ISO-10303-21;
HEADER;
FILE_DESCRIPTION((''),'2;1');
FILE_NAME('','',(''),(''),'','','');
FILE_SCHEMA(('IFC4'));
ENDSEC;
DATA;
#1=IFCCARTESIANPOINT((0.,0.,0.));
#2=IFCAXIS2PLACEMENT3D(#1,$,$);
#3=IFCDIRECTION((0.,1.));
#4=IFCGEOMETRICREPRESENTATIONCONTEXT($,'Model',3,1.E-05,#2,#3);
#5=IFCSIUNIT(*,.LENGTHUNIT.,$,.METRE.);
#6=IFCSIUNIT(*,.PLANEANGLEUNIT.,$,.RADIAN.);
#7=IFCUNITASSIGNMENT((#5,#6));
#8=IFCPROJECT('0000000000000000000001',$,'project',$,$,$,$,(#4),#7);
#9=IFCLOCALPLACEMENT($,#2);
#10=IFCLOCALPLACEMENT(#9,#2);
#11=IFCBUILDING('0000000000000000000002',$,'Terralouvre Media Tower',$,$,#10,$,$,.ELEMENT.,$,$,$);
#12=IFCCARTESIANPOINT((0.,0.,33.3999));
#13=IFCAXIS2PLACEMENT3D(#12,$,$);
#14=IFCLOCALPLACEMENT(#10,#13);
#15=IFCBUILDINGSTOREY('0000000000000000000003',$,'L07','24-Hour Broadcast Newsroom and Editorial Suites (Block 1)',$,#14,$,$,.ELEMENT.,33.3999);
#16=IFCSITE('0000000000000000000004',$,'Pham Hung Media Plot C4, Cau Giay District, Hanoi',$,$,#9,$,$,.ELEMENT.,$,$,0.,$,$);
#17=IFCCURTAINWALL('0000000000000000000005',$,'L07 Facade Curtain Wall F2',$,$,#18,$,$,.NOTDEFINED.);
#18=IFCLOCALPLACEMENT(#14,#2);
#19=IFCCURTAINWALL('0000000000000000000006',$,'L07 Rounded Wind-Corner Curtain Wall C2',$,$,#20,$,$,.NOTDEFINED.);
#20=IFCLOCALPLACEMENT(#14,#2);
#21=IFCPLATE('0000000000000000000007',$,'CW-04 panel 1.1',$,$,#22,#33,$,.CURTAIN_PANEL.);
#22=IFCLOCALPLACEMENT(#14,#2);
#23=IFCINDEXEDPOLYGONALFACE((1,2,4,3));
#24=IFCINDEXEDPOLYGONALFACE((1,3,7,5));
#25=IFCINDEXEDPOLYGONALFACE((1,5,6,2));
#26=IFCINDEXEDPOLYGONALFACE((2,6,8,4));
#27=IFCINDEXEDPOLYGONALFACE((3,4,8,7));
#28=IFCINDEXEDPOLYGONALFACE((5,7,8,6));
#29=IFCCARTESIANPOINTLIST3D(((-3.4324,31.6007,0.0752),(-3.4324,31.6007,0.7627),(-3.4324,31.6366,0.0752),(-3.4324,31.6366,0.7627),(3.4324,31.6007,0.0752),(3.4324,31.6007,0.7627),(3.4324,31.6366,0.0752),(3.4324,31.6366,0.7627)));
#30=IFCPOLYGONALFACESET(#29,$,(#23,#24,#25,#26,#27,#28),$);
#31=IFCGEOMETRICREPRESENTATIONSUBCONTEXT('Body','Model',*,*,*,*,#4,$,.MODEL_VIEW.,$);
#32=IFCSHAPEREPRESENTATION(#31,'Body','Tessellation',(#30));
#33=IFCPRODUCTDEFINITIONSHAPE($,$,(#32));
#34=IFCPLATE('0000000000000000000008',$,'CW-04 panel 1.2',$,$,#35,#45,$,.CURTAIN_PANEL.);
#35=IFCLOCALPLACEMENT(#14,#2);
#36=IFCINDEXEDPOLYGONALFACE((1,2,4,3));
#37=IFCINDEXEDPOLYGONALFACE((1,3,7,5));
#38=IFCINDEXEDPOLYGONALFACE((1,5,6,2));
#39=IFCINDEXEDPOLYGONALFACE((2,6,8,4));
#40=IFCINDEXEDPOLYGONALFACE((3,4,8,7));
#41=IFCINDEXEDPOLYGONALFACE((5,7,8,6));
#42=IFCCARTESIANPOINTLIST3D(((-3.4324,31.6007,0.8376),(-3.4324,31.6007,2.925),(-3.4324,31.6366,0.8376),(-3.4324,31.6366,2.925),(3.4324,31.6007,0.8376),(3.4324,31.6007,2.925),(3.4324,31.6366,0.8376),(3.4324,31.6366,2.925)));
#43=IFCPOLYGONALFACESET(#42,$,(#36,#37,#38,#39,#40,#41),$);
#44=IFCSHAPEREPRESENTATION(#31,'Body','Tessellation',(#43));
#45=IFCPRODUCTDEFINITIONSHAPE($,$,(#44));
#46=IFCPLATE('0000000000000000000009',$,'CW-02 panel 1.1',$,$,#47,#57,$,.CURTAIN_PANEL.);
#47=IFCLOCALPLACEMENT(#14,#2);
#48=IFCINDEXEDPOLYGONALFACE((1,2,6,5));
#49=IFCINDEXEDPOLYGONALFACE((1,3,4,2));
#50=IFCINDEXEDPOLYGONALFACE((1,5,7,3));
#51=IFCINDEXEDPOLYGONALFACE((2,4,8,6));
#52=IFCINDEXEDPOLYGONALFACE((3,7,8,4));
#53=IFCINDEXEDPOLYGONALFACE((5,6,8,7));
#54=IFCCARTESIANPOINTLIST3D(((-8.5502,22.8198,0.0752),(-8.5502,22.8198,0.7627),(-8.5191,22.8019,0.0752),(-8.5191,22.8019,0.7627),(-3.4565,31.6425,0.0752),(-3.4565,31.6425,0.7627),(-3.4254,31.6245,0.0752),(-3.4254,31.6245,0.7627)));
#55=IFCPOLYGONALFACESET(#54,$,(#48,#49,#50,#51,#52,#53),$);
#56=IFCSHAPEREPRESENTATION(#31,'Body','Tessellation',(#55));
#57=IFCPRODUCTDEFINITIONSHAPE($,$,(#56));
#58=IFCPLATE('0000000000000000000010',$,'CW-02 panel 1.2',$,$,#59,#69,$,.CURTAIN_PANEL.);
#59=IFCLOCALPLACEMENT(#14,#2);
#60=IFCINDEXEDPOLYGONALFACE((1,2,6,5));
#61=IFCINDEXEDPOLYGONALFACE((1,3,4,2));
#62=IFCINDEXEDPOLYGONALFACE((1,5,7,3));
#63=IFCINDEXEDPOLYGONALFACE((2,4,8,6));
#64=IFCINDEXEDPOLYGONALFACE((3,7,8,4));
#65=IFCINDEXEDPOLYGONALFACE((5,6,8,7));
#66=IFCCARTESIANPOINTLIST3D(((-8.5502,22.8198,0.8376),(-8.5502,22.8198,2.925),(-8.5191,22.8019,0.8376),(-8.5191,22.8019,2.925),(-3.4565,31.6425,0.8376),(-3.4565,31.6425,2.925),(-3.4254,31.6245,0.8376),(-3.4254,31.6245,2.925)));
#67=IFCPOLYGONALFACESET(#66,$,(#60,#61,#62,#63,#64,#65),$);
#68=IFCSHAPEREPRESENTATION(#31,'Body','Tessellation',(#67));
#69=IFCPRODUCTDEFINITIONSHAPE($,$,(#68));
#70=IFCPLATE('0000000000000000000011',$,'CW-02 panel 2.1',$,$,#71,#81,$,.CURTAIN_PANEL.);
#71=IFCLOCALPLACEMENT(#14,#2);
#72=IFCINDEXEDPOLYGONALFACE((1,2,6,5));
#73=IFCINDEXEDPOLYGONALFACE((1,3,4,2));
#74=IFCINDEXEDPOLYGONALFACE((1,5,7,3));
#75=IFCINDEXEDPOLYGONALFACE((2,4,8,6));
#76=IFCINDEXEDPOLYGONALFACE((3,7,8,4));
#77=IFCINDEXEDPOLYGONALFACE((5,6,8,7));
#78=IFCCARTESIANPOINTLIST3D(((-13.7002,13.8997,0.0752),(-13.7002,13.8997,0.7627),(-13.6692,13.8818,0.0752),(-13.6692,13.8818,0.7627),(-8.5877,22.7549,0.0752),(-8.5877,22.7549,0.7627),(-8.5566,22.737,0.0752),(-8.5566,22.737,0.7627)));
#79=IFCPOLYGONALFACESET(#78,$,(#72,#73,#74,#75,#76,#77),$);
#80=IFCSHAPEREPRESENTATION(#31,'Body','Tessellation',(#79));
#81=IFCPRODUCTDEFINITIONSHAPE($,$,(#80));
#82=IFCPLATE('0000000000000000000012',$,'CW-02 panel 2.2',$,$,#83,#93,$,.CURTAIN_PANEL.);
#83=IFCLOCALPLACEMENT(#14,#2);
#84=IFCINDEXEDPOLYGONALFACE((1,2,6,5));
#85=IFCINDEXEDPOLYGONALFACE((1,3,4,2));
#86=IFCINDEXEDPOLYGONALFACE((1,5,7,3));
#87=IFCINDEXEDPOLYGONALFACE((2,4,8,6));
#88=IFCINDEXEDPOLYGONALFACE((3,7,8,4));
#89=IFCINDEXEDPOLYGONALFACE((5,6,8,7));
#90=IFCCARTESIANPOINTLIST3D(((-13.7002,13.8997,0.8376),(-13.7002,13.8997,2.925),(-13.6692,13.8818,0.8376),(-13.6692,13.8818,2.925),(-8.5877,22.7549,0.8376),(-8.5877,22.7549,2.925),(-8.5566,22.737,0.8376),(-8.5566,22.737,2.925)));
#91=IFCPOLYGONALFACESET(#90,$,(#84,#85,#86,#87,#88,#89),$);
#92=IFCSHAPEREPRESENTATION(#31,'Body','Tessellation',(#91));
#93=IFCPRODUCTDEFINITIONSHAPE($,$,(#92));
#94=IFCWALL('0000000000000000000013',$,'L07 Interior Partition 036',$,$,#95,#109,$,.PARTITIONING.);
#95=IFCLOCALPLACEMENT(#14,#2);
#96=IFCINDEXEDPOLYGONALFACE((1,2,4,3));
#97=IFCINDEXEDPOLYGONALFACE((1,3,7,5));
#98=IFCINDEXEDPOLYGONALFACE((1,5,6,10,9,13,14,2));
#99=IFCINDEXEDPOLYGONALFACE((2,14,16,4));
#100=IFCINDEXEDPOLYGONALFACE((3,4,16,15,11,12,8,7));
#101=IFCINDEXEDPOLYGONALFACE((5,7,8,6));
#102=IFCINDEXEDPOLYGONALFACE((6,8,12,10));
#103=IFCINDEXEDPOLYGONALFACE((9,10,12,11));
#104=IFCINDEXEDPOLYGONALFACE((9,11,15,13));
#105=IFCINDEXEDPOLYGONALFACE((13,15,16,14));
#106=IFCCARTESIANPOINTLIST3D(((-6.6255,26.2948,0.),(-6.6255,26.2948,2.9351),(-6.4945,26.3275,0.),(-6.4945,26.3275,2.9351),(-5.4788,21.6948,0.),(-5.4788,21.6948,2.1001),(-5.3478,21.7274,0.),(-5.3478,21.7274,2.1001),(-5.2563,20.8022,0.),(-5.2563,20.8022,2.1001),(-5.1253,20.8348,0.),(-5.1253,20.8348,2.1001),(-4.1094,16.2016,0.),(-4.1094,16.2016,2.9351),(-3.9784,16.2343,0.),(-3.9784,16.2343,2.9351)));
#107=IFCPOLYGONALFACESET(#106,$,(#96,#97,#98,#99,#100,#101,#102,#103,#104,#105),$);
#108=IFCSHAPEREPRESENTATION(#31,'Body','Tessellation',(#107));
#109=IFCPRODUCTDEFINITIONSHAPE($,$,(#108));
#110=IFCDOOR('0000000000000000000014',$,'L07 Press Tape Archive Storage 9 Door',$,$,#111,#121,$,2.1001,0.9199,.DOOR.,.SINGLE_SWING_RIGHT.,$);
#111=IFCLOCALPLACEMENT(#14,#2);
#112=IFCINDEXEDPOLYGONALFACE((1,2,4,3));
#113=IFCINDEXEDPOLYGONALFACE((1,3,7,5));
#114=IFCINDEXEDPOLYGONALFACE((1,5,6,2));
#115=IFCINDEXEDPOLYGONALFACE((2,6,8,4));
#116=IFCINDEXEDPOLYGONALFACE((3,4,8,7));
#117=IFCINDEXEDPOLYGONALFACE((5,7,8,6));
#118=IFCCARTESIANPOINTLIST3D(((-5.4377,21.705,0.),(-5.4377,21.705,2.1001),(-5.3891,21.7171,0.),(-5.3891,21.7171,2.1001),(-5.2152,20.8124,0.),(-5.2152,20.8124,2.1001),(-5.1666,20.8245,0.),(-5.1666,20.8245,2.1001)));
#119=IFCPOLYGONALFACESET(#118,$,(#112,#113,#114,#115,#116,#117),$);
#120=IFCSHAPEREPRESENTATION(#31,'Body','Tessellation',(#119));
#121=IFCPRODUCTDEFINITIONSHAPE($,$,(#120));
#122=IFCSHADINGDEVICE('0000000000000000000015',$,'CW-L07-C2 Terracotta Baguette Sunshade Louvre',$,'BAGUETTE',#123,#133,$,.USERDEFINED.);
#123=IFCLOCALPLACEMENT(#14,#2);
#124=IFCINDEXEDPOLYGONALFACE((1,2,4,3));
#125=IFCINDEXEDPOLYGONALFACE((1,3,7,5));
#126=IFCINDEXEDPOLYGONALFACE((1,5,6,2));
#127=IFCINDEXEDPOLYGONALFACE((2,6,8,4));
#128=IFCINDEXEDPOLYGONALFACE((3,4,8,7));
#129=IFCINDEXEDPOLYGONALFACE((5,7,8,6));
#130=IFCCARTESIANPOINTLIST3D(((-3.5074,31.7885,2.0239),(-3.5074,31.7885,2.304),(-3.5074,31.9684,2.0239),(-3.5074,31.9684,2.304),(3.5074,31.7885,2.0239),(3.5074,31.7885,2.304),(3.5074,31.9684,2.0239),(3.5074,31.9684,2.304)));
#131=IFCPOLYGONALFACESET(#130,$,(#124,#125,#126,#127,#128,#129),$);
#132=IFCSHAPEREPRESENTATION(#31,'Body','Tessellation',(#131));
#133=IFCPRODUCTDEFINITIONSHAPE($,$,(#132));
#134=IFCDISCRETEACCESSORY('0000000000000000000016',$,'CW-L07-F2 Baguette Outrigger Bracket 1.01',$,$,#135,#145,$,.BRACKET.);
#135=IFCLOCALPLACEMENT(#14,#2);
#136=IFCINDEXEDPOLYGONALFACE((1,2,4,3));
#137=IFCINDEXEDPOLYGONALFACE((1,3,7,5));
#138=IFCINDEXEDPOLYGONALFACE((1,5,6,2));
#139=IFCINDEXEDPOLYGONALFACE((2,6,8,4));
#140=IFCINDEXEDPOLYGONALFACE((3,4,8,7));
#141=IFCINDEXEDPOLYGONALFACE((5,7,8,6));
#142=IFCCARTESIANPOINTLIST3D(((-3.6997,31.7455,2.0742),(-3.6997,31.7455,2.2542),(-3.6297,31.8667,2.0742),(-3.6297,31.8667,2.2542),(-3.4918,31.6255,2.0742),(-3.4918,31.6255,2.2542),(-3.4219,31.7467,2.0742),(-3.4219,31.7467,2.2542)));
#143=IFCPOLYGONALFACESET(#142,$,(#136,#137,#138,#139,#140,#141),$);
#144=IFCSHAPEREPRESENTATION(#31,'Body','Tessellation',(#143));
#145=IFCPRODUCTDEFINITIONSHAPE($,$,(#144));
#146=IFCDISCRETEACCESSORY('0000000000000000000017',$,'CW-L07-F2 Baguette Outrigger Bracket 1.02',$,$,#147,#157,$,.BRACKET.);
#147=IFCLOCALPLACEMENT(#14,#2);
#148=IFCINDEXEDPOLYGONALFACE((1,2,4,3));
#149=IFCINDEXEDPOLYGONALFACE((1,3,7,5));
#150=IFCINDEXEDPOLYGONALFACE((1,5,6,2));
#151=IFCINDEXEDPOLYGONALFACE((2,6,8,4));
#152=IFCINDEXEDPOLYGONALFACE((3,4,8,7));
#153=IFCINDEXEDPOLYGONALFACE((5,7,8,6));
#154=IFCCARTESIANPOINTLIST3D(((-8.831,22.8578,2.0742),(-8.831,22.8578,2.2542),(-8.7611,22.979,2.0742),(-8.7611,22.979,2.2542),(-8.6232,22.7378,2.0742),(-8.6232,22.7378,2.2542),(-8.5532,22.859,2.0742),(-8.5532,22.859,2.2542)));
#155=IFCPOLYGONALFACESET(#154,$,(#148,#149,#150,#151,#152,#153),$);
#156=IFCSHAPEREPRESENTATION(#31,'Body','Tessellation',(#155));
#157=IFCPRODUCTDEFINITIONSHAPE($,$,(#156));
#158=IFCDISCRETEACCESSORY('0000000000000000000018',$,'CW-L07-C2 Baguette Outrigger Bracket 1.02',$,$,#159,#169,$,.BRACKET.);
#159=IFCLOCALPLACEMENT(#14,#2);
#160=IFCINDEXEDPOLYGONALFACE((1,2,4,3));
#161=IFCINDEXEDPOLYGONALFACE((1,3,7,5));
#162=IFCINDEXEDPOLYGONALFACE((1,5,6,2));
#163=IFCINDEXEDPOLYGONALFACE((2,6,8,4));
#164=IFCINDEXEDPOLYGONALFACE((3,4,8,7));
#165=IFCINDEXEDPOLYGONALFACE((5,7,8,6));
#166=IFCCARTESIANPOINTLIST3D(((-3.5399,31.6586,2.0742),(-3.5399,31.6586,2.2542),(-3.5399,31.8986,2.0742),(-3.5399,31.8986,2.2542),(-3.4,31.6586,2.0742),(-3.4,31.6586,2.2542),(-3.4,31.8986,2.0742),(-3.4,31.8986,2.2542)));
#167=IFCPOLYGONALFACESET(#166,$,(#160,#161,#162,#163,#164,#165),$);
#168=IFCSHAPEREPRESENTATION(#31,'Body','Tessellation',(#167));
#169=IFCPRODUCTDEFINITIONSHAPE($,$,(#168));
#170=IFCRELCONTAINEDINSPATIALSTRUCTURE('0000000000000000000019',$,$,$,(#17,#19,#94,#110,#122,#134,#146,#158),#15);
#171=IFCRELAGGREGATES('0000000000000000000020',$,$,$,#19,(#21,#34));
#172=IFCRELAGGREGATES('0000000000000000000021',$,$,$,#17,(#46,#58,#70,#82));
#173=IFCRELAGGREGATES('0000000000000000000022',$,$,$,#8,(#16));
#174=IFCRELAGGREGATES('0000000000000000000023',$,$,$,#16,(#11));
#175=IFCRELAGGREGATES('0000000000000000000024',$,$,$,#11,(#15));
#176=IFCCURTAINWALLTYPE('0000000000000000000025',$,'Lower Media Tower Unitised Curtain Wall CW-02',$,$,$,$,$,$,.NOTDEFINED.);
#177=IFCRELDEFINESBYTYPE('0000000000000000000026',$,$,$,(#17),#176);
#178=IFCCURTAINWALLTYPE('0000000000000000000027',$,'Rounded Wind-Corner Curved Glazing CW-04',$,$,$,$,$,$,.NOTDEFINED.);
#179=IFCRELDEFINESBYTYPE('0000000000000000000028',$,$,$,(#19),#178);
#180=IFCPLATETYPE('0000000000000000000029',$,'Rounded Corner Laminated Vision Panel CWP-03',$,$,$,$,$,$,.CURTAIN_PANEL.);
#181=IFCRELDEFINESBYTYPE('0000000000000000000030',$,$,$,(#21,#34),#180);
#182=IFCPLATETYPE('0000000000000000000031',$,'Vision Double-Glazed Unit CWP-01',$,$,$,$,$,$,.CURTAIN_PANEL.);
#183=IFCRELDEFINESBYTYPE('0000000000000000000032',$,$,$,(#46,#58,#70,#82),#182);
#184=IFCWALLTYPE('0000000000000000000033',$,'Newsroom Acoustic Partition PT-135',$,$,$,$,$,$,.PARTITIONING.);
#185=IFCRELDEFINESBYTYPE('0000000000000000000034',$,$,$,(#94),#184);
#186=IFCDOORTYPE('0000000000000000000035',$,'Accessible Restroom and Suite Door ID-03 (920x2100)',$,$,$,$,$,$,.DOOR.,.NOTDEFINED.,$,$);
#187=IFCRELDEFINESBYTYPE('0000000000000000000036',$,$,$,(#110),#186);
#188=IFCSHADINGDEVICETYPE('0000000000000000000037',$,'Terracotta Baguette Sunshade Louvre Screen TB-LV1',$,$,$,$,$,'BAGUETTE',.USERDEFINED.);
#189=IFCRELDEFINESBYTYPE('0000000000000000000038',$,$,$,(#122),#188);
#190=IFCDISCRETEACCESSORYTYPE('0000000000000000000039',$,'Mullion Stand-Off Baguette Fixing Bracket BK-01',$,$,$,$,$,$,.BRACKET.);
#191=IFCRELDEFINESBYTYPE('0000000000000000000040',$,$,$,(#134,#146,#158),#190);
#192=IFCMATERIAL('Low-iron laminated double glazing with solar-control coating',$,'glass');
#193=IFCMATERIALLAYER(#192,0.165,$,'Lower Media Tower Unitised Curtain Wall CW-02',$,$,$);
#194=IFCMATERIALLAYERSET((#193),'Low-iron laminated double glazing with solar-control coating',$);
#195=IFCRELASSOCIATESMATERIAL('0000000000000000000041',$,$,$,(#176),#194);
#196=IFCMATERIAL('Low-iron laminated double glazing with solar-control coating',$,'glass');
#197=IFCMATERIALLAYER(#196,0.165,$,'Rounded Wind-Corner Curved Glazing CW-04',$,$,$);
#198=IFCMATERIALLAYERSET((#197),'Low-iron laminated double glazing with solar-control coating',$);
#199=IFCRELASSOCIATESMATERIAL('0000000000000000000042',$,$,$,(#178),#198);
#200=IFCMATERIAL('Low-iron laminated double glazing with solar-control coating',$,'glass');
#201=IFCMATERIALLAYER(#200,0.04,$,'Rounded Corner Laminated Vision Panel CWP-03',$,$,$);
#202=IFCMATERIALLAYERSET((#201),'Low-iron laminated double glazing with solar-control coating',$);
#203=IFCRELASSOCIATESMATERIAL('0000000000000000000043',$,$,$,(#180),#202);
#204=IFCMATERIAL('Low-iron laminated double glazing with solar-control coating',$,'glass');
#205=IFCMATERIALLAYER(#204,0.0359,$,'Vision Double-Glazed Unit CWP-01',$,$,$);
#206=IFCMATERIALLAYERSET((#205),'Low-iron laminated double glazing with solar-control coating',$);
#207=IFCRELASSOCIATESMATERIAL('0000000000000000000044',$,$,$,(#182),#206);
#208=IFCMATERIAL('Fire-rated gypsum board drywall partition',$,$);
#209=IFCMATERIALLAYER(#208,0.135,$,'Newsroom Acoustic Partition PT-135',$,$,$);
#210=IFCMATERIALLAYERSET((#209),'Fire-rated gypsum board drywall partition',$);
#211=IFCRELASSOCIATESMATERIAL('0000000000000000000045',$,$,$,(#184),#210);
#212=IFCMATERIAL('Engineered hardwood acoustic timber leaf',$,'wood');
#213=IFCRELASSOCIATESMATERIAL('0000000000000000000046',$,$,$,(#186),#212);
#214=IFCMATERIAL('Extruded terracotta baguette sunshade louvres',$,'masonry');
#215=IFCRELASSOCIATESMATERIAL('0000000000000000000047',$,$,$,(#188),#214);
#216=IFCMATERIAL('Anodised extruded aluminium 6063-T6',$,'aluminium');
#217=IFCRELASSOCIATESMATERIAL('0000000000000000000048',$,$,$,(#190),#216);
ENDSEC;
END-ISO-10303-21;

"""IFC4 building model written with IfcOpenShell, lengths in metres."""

from ifc_helpers import new_model, si_unit, direction, frame, frame_2d, origin, origin_2d, place, context, subcontext, project, spatial, rectangle, extrude, material, layer, layer_set, type_object, element, fill, aggregate, save


model = new_model("IFC4")

# Units and contexts
model_context = context("Model", 3, precision=1e-05, world=origin(), true_north=direction((0.0, 1.0)))
body_context = subcontext(model_context, "Body", "Model", "MODEL_VIEW")
ifc_project = project(units=[si_unit("LENGTHUNIT", "METRE"), si_unit("PLANEANGLEUNIT", "RADIAN")], contexts=[model_context])

# Site, building, storey
site_placement = place(None, origin())
site = spatial("IfcSite", under=ifc_project, at=site_placement, Name="Pham Hung Media Plot C4, Cau Giay District, Hanoi", CompositionType="ELEMENT", RefElevation=0.0)
building_placement = place(site_placement, origin())
building = spatial("IfcBuilding", under=site, at=building_placement, Name="Terralouvre Media Tower", CompositionType="ELEMENT")
storey_placement = place(building_placement, frame((0.0, 0.0, 33.3999)))
storey = spatial("IfcBuildingStorey", under=building, at=storey_placement, Name="L07", Description="24-Hour Broadcast Newsroom and Editorial Suites (Block 1)", CompositionType="ELEMENT", Elevation=33.3999)

# Curtain wall
ifc_material_1 = material(Name="Low-iron laminated double glazing with solar-control coating", Category="glass")
ifc_layer_1 = layer(ifc_material_1, 0.165, Name="Lower Media Tower Unitised Curtain Wall CW-02")
ifc_layer_set_1 = layer_set([ifc_layer_1], Name="Low-iron laminated double glazing with solar-control coating")
curtain_wall_type_1 = type_object("IfcCurtainWallType", Name="Lower Media Tower Unitised Curtain Wall CW-02", PredefinedType="NOTDEFINED", material=ifc_layer_set_1)
curtain_wall_1_placement = place(storey_placement, origin())
curtain_wall_1 = element("IfcCurtainWall", 1, at=curtain_wall_1_placement, inside=storey, type_object=curtain_wall_type_1, Name="L07 Facade Curtain Wall F2", PredefinedType="NOTDEFINED")

# Curtain wall
ifc_material_2 = material(Name="Low-iron laminated double glazing with solar-control coating", Category="glass")
ifc_layer_2 = layer(ifc_material_2, 0.165, Name="Rounded Wind-Corner Curved Glazing CW-04")
ifc_layer_set_2 = layer_set([ifc_layer_2], Name="Low-iron laminated double glazing with solar-control coating")
curtain_wall_type_2 = type_object("IfcCurtainWallType", Name="Rounded Wind-Corner Curved Glazing CW-04", PredefinedType="NOTDEFINED", material=ifc_layer_set_2)
curtain_wall_2_placement = place(storey_placement, origin())
curtain_wall_2 = element("IfcCurtainWall", 2, at=curtain_wall_2_placement, inside=storey, type_object=curtain_wall_type_2, Name="L07 Rounded Wind-Corner Curtain Wall C2", PredefinedType="NOTDEFINED")

# Plates
ifc_material_3 = material(Name="Low-iron laminated double glazing with solar-control coating", Category="glass")
ifc_layer_3 = layer(ifc_material_3, 0.04, Name="Rounded Corner Laminated Vision Panel CWP-03")
ifc_layer_set_3 = layer_set([ifc_layer_3], Name="Low-iron laminated double glazing with solar-control coating")
plate_type_1 = type_object("IfcPlateType", Name="Rounded Corner Laminated Vision Panel CWP-03", PredefinedType="CURTAIN_PANEL", material=ifc_layer_set_3)
plate_1_placement = place(storey_placement, frame((0.0, 31.6187, 0.0752), z_axis=(0.0, 0.0, 1.0), x_axis=(-1.0, 0.0, 0.0)))
plate_1 = element("IfcPlate", 3, at=plate_1_placement, type_object=plate_type_1, Name="CW-04 panel 1.1", PredefinedType="CURTAIN_PANEL", context=body_context, shape_type="SweptSolid", body=[
    extrude(rectangle(XDim=6.8647, YDim=0.0359, at=origin_2d()), origin(), (0.0, 0.0, 1.0), 0.6875),
])
plate_2_placement = place(storey_placement, frame((0.0, 31.6187, 0.8376), z_axis=(0.0, 0.0, 1.0), x_axis=(-1.0, 0.0, 0.0)))
plate_2 = element("IfcPlate", 4, at=plate_2_placement, type_object=plate_type_1, Name="CW-04 panel 1.2", PredefinedType="CURTAIN_PANEL", context=body_context, shape_type="SweptSolid", body=[
    extrude(rectangle(XDim=6.8647, YDim=0.0359, at=origin_2d()), origin(), (0.0, 0.0, 1.0), 2.0874),
])
aggregate(curtain_wall_2, [plate_1, plate_2])
ifc_material_4 = material(Name="Low-iron laminated double glazing with solar-control coating", Category="glass")
ifc_layer_4 = layer(ifc_material_4, 0.0359, Name="Vision Double-Glazed Unit CWP-01")
ifc_layer_set_4 = layer_set([ifc_layer_4], Name="Low-iron laminated double glazing with solar-control coating")
plate_type_2 = type_object("IfcPlateType", Name="Vision Double-Glazed Unit CWP-01", PredefinedType="CURTAIN_PANEL", material=ifc_layer_set_4)
plate_3_placement = place(storey_placement, frame((-5.9878, 27.2222, 0.0752), z_axis=(0.0, 0.0, 1.0), x_axis=(-0.5, -0.866025, 0.0)))
plate_3 = element("IfcPlate", 5, at=plate_3_placement, type_object=plate_type_2, Name="CW-02 panel 1.1", PredefinedType="CURTAIN_PANEL", context=body_context, shape_type="SweptSolid", body=[
    extrude(rectangle(XDim=10.1875, YDim=0.0359, at=origin_2d()), origin(), (0.0, 0.0, 1.0), 0.6875),
])
plate_4_placement = place(storey_placement, frame((-5.9878, 27.2222, 0.8376), z_axis=(0.0, 0.0, 1.0), x_axis=(-0.5, -0.866025, 0.0)))
plate_4 = element("IfcPlate", 6, at=plate_4_placement, type_object=plate_type_2, Name="CW-02 panel 1.2", PredefinedType="CURTAIN_PANEL", context=body_context, shape_type="SweptSolid", body=[
    extrude(rectangle(XDim=10.1875, YDim=0.0359, at=origin_2d()), origin(), (0.0, 0.0, 1.0), 2.0874),
])
plate_5_placement = place(storey_placement, frame((-11.1284, 18.3184, 0.0752), z_axis=(0.0, 0.0, 1.0), x_axis=(-0.5, -0.866025, 0.0)))
plate_5 = element("IfcPlate", 7, at=plate_5_placement, type_object=plate_type_2, Name="CW-02 panel 2.1", PredefinedType="CURTAIN_PANEL", context=body_context, shape_type="SweptSolid", body=[
    extrude(rectangle(XDim=10.2251, YDim=0.0359, at=origin_2d()), origin(), (0.0, 0.0, 1.0), 0.6875),
])
plate_6_placement = place(storey_placement, frame((-11.1284, 18.3184, 0.8376), z_axis=(0.0, 0.0, 1.0), x_axis=(-0.5, -0.866025, 0.0)))
plate_6 = element("IfcPlate", 8, at=plate_6_placement, type_object=plate_type_2, Name="CW-02 panel 2.2", PredefinedType="CURTAIN_PANEL", context=body_context, shape_type="SweptSolid", body=[
    extrude(rectangle(XDim=10.2251, YDim=0.0359, at=origin_2d()), origin(), (0.0, 0.0, 1.0), 2.0874),
])
aggregate(curtain_wall_1, [plate_3, plate_4, plate_5, plate_6])

# Wall, opening, door
ifc_material_5 = material(Name="Fire-rated gypsum board drywall partition")
ifc_layer_5 = layer(ifc_material_5, 0.135, Name="Newsroom Acoustic Partition PT-135")
ifc_layer_set_5 = layer_set([ifc_layer_5], Name="Fire-rated gypsum board drywall partition")
wall_type = type_object("IfcWallType", Name="Newsroom Acoustic Partition PT-135", PredefinedType="PARTITIONING", material=ifc_layer_set_5)
wall_placement = place(storey_placement, frame((-6.5601, 26.3113, 0.0), z_axis=(0.0, 0.0, 1.0), x_axis=(0.241884, -0.970305, 0.0)))
wall = element("IfcWall", 9, at=wall_placement, inside=storey, type_object=wall_type, Name="L07 Interior Partition 036", PredefinedType="PARTITIONING", context=body_context, shape_type="SweptSolid", body=[
    extrude(rectangle(XDim=10.4021, YDim=0.135, at=frame_2d((5.2012, 0.0))), origin(), (0.0, 0.0, 1.0), 2.9351),
])
opening_placement = place(wall_placement, frame((4.741, 0.0, 0.0)))
opening = element("IfcOpeningElement", 10, at=opening_placement, cuts=wall, PredefinedType="OPENING", context=body_context, shape_type="SweptSolid", body=[
    extrude(rectangle(XDim=0.9199, YDim=2.1001, at=frame_2d((0.46, 1.05))), frame((0.0, 0.0774, 0.0), z_axis=(0.0, -1.0, 0.0), x_axis=(1.0, 0.0, 0.0)), (0.0, 0.0, 1.0), 0.155),
])
ifc_material_6 = material(Name="Engineered hardwood acoustic timber leaf", Category="wood")
door_type = type_object("IfcDoorType", Name="Accessible Restroom and Suite Door ID-03 (920x2100)", OperationType="NOTDEFINED", PredefinedType="DOOR", material=ifc_material_6)
door_placement = place(opening_placement, origin())
door = element("IfcDoor", 11, at=door_placement, inside=storey, type_object=door_type, Name="L07 Press Tape Archive Storage 9 Door", OperationType="SINGLE_SWING_RIGHT", OverallHeight=2.1001, OverallWidth=0.9199, PredefinedType="DOOR", context=body_context, shape_type="SweptSolid", body=[
    extrude(rectangle(XDim=0.9199, YDim=2.1001, at=frame_2d((0.46, 1.05))), frame((0.0, 0.0249, 0.0), z_axis=(0.0, -1.0, 0.0), x_axis=(1.0, 0.0, 0.0)), (0.0, 0.0, 1.0), 0.05),
])
fill(opening, door)

# Shading device
ifc_material_7 = material(Name="Extruded terracotta baguette sunshade louvres", Category="masonry")
shading_device_type = type_object("IfcShadingDeviceType", Name="Terracotta Baguette Sunshade Louvre Screen TB-LV1", ElementType="BAGUETTE", PredefinedType="USERDEFINED", material=ifc_material_7)
shading_device_placement = place(storey_placement, frame((0.0, 31.8784, 2.0239), z_axis=(0.0, 0.0, 1.0), x_axis=(-1.0, 0.0, 0.0)))
element("IfcShadingDevice", 12, at=shading_device_placement, inside=storey, type_object=shading_device_type, Name="CW-L07-C2 Terracotta Baguette Sunshade Louvre", ObjectType="BAGUETTE", PredefinedType="USERDEFINED", context=body_context, shape_type="SweptSolid", body=[
    extrude(rectangle(XDim=7.0149, YDim=0.1799, at=origin_2d()), origin(), (0.0, 0.0, 1.0), 0.28),
])

# Discrete accessories
ifc_material_8 = material(Name="Anodised extruded aluminium 6063-T6", Category="aluminium")
discrete_accessory_type = type_object("IfcDiscreteAccessoryType", Name="Mullion Stand-Off Baguette Fixing Bracket BK-01", PredefinedType="BRACKET", material=ifc_material_8)
for number, where, z_axis, x_axis, name in (
    (13, (-3.5608, 31.7461, 2.0742), (0.0, 0.0, 1.0), (-0.5, -0.866025, 0.0), "CW-L07-F2 Baguette Outrigger Bracket 1.01"),
    (14, (-8.6921, 22.8584, 2.0742), (0.0, 0.0, 1.0), (-0.5, -0.866025, 0.0), "CW-L07-F2 Baguette Outrigger Bracket 1.02"),
    (15, (-3.47, 31.7786, 2.0742), (0.0, 0.0, 1.0), (-1.0, 0.0, 0.0), "CW-L07-C2 Baguette Outrigger Bracket 1.02"),
):
    element("IfcDiscreteAccessory", number, at=place(storey_placement, frame(where, z_axis=z_axis, x_axis=x_axis)), inside=storey, type_object=discrete_accessory_type, Name=name, PredefinedType="BRACKET", context=body_context, shape_type="SweptSolid", body=[
        extrude(rectangle(XDim=0.1399, YDim=0.24, at=origin_2d()), origin(), (0.0, 0.0, 1.0), 0.1799),
    ])

save(model, "model.ifc")
